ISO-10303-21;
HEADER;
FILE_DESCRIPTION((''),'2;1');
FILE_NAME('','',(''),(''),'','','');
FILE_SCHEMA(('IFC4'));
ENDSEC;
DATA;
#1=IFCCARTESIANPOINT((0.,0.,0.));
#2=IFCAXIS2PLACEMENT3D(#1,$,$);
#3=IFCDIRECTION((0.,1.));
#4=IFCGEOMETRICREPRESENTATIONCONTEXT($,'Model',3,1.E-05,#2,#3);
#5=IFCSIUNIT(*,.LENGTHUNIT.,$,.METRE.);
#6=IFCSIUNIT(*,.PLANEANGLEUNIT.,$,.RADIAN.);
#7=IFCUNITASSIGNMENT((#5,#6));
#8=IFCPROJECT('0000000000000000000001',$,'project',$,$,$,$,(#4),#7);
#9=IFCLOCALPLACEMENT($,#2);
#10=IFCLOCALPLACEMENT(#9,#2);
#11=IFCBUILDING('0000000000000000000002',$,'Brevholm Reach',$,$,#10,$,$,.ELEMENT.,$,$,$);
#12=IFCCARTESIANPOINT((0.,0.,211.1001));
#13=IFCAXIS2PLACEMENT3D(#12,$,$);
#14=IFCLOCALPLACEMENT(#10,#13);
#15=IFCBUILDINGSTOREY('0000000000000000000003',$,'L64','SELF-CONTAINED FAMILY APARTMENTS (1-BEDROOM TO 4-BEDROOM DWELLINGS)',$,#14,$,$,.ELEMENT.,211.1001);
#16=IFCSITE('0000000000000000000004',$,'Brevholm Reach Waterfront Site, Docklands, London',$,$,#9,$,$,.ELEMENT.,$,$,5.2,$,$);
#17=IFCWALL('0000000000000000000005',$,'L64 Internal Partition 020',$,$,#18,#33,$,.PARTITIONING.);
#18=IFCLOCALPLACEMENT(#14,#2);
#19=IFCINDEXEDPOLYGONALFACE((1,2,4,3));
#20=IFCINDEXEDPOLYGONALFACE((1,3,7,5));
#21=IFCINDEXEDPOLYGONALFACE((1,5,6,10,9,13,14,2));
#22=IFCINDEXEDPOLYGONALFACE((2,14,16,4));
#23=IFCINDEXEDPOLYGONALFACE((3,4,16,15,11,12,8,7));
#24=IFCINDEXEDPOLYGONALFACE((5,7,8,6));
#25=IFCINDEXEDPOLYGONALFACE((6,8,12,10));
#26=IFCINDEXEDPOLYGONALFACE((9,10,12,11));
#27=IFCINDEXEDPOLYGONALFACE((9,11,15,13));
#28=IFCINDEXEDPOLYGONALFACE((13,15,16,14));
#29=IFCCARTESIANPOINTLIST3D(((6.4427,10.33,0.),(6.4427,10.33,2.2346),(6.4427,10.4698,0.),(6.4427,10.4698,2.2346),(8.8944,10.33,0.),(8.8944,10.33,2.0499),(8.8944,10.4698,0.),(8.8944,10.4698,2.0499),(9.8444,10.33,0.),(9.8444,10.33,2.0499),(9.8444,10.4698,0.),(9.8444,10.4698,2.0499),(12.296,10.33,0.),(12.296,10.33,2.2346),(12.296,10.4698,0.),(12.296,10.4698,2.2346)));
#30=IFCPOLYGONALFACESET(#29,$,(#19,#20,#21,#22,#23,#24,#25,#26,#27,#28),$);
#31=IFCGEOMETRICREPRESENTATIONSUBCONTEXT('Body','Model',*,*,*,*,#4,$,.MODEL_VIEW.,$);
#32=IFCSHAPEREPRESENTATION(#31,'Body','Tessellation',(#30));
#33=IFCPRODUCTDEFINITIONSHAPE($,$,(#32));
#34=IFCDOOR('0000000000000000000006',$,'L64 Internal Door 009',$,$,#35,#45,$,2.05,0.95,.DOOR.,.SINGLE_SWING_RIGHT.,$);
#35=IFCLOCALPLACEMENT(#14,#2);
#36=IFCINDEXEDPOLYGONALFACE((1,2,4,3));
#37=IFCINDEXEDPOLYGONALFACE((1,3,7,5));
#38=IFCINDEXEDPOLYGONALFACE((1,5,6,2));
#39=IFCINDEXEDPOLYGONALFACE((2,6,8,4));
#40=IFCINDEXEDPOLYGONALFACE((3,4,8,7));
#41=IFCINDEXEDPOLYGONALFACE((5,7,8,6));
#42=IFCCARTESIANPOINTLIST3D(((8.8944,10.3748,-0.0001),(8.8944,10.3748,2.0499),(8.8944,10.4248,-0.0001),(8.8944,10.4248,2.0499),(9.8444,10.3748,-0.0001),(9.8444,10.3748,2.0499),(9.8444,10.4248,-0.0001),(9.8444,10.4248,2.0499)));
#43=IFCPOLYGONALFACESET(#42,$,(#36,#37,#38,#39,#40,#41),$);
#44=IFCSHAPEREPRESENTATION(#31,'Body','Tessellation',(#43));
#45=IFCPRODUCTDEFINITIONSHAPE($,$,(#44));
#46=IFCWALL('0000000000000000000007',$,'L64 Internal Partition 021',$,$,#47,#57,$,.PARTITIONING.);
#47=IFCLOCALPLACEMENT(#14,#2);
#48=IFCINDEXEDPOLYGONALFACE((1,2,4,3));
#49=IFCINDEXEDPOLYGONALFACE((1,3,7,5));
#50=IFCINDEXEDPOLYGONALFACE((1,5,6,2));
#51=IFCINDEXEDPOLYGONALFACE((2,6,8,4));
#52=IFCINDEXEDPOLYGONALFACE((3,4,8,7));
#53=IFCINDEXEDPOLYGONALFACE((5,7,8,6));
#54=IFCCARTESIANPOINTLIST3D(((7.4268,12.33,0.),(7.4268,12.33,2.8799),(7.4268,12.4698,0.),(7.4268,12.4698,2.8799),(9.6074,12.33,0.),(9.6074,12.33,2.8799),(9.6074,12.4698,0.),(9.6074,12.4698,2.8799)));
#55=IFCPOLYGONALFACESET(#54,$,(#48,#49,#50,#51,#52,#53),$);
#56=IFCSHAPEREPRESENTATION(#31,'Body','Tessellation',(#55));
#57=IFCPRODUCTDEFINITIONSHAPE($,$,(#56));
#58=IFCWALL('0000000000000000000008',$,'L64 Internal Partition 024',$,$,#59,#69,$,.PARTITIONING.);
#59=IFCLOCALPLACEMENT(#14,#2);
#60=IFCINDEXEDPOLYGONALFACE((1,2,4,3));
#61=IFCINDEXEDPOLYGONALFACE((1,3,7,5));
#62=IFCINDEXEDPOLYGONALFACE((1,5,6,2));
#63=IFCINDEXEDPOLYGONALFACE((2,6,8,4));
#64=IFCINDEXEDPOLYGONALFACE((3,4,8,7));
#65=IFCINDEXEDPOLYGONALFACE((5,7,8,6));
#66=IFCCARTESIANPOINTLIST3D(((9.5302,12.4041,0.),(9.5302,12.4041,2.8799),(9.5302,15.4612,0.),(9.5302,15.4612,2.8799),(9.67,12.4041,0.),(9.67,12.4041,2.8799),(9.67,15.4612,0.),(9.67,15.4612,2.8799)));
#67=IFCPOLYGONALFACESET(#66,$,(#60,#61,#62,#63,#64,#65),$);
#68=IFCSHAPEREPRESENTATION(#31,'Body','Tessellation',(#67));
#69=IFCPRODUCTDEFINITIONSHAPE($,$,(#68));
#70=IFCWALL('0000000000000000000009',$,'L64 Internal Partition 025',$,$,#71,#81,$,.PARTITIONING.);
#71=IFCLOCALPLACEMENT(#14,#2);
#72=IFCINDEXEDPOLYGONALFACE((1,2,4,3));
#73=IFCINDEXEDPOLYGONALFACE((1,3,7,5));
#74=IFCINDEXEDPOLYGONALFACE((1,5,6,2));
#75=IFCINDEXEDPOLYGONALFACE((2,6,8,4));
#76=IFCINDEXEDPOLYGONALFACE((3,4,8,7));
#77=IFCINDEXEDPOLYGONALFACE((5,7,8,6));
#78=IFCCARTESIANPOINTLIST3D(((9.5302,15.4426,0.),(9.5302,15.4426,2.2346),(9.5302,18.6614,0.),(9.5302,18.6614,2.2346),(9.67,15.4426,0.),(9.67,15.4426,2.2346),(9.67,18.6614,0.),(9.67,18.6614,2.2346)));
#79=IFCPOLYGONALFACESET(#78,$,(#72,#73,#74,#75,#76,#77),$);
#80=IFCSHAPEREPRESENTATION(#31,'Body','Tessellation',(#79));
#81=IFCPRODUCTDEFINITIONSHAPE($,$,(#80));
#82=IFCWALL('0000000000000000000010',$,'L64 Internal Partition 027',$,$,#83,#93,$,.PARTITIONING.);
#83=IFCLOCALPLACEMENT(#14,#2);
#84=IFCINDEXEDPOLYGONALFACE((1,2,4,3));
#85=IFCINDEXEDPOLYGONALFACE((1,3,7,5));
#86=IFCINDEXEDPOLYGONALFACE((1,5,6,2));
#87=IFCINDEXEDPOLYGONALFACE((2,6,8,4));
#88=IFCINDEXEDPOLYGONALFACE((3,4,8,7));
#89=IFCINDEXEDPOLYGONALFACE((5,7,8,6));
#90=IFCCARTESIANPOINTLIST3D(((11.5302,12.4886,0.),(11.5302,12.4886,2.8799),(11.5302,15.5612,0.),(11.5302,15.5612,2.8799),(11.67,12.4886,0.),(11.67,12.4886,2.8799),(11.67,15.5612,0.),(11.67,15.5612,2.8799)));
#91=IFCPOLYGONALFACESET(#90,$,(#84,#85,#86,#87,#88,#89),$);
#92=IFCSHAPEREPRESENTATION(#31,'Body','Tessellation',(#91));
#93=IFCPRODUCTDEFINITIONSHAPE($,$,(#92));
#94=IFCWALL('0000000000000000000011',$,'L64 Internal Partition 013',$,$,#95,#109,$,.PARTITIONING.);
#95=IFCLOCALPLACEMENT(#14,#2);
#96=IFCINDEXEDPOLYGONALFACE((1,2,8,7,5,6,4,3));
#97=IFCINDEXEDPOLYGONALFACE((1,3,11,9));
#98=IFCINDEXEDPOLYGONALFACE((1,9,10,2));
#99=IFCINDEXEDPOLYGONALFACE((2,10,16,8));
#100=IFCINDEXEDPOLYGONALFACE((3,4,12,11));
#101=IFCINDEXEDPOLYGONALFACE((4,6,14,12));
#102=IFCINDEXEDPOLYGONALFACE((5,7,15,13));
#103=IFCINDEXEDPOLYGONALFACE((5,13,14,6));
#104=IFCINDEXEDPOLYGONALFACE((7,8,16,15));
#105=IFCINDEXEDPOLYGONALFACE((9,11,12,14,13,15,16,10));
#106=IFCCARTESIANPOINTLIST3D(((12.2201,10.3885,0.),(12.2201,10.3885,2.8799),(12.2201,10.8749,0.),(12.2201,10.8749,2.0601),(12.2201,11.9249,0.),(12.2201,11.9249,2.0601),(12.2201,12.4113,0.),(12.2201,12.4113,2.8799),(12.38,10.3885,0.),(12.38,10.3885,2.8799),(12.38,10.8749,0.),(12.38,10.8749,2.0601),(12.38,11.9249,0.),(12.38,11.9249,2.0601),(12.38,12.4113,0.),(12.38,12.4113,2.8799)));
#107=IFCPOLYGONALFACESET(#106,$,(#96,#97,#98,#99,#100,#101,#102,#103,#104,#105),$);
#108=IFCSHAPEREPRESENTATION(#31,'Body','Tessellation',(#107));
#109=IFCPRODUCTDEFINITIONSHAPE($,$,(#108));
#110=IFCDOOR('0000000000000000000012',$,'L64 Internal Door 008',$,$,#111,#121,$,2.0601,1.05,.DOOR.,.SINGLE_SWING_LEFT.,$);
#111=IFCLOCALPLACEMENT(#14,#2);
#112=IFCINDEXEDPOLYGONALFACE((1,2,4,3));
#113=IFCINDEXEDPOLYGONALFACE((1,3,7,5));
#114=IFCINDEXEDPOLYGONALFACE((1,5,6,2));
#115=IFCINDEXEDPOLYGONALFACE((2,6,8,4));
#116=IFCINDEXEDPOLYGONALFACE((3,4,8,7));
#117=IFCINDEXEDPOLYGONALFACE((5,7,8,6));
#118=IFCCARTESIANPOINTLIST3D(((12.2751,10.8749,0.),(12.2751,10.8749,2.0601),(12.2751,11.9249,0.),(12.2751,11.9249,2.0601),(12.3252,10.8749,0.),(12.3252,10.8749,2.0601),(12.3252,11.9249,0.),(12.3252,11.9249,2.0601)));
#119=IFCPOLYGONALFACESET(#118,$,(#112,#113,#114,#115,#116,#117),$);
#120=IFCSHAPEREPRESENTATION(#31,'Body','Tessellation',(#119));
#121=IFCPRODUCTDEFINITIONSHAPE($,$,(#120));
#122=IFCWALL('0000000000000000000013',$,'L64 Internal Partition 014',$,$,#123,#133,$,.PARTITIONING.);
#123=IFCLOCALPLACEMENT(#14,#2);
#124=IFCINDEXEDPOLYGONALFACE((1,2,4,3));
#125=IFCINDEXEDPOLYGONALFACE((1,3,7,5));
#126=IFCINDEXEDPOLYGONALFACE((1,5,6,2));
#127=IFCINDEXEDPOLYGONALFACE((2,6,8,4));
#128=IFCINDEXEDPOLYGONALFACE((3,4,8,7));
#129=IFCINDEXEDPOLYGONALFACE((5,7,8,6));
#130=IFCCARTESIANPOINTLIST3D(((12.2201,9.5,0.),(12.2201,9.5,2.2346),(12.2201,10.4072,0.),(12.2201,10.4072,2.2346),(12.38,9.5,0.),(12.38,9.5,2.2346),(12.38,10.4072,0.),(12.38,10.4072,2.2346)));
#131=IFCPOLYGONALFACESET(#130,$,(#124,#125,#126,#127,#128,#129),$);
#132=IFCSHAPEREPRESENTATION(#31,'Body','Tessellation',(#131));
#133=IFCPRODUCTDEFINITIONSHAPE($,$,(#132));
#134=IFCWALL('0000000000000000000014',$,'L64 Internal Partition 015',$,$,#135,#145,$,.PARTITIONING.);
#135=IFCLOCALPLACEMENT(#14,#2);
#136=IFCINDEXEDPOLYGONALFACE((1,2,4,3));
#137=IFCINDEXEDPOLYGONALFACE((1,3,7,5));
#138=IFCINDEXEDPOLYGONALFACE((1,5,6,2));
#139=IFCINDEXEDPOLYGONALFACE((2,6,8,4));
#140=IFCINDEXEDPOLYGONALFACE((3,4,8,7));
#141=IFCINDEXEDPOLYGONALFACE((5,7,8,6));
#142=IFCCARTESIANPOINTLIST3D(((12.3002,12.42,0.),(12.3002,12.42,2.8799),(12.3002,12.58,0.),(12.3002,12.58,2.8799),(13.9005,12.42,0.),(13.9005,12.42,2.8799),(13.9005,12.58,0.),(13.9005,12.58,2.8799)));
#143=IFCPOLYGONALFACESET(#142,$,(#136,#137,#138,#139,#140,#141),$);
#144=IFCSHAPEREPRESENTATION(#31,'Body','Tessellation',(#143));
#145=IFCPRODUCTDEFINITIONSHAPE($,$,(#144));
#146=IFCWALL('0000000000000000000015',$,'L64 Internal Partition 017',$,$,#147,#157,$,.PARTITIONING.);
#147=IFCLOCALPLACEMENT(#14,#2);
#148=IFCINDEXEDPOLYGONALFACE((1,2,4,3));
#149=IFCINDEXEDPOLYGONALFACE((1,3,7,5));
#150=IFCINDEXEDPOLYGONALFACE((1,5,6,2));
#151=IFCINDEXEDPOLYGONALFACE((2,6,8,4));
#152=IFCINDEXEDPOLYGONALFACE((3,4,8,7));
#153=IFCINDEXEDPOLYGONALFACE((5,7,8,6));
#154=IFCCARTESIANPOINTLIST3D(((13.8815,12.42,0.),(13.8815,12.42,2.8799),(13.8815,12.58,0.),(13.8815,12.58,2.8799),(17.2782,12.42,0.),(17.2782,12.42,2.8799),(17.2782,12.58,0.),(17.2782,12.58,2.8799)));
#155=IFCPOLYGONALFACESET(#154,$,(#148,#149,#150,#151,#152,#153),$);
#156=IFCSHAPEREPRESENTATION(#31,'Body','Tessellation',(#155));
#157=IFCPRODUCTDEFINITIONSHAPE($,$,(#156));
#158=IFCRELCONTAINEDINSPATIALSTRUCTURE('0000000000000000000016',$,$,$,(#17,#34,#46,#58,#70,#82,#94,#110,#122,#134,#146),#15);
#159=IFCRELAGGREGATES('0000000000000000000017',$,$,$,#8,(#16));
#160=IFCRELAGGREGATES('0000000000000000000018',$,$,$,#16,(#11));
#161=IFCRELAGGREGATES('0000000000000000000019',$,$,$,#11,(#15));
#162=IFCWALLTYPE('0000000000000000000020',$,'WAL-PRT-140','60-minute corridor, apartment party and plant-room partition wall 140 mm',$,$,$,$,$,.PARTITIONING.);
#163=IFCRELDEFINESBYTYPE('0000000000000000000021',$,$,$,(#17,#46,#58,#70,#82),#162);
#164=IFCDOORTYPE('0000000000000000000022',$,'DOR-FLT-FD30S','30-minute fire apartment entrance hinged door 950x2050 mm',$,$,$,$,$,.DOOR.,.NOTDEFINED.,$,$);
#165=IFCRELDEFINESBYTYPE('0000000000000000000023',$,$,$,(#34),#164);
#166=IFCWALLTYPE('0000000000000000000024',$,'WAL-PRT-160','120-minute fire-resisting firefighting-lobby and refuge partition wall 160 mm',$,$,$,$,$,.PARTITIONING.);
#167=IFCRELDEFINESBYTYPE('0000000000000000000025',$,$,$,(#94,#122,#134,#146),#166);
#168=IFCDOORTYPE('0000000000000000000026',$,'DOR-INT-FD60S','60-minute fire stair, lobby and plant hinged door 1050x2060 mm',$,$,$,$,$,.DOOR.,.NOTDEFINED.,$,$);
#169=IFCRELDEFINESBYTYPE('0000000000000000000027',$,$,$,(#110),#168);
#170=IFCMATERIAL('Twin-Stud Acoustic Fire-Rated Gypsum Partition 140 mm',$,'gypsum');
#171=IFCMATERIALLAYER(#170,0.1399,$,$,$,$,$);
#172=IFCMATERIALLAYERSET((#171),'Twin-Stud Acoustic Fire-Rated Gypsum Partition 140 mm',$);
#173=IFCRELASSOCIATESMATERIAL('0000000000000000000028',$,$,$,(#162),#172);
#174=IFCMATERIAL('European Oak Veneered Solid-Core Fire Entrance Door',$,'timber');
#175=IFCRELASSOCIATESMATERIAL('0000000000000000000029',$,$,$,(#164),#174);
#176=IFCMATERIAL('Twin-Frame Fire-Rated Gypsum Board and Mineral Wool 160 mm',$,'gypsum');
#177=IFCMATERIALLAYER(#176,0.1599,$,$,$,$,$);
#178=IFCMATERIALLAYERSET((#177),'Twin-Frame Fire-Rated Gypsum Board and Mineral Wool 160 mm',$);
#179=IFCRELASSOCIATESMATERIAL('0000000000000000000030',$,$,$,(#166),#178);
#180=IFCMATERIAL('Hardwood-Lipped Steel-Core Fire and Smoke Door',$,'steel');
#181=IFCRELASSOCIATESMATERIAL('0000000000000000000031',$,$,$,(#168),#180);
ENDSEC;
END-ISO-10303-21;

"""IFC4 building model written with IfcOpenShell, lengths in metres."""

from ifc_helpers import new_model, si_unit, direction, frame, frame_2d, origin, place, context, subcontext, project, spatial, rectangle, extrude, material, layer, layer_set, type_object, element, fill, save


model = new_model("IFC4")

# Units and contexts
model_context = context("Model", 3, precision=1e-05, world=origin(), true_north=direction((0.0, 1.0)))
body_context = subcontext(model_context, "Body", "Model", "MODEL_VIEW")
ifc_project = project(units=[si_unit("LENGTHUNIT", "METRE"), si_unit("PLANEANGLEUNIT", "RADIAN")], contexts=[model_context])

# Site, building, storey
site_placement = place(None, origin())
site = spatial("IfcSite", under=ifc_project, at=site_placement, Name="Brevholm Reach Waterfront Site, Docklands, London", CompositionType="ELEMENT", RefElevation=5.2)
building_placement = place(site_placement, origin())
building = spatial("IfcBuilding", under=site, at=building_placement, Name="Brevholm Reach", CompositionType="ELEMENT")
storey_placement = place(building_placement, frame((0.0, 0.0, 211.1001)))
storey = spatial("IfcBuildingStorey", under=building, at=storey_placement, Name="L64", Description="SELF-CONTAINED FAMILY APARTMENTS (1-BEDROOM TO 4-BEDROOM DWELLINGS)", CompositionType="ELEMENT", Elevation=211.1001)

# Wall, opening, door
ifc_material_1 = material(Name="Twin-Stud Acoustic Fire-Rated Gypsum Partition 140 mm", Category="gypsum")
ifc_layer_1 = layer(ifc_material_1, 0.1399)
ifc_layer_set_1 = layer_set([ifc_layer_1], Name="Twin-Stud Acoustic Fire-Rated Gypsum Partition 140 mm")
wall_type_1 = type_object("IfcWallType", Name="WAL-PRT-140", Description="60-minute corridor, apartment party and plant-room partition wall 140 mm", PredefinedType="PARTITIONING", material=ifc_layer_set_1)
wall_1_placement = place(storey_placement, frame((6.4426, 10.3999, 0.0), z_axis=(0.0, 0.0, 1.0), x_axis=(1.0, 0.0, 0.0)))
wall_1 = element("IfcWall", 1, at=wall_1_placement, inside=storey, type_object=wall_type_1, Name="L64 Internal Partition 020", PredefinedType="PARTITIONING", context=body_context, shape_type="SweptSolid", body=[
    extrude(rectangle(XDim=5.8533, YDim=0.1399, at=frame_2d((2.9268, 0.0))), origin(), (0.0, 0.0, 1.0), 2.2346),
])
opening_1_placement = place(wall_1_placement, frame((2.4517, 0.0, 0.0)))
opening_1 = element("IfcOpeningElement", 2, at=opening_1_placement, cuts=wall_1, PredefinedType="OPENING", context=body_context, shape_type="SweptSolid", body=[
    extrude(rectangle(XDim=0.95, YDim=2.05, at=frame_2d((0.4751, 1.0249))), frame((0.0, 0.0798, 0.0), z_axis=(0.0, -1.0, 0.0), x_axis=(1.0, 0.0, 0.0)), (0.0, 0.0, 1.0), 0.1599),
])
ifc_material_2 = material(Name="European Oak Veneered Solid-Core Fire Entrance Door", Category="timber")
door_type_1 = type_object("IfcDoorType", Name="DOR-FLT-FD30S", Description="30-minute fire apartment entrance hinged door 950x2050 mm", OperationType="NOTDEFINED", PredefinedType="DOOR", material=ifc_material_2)
door_1_placement = place(opening_1_placement, origin())
door_1 = element("IfcDoor", 3, at=door_1_placement, inside=storey, type_object=door_type_1, Name="L64 Internal Door 009", OperationType="SINGLE_SWING_RIGHT", OverallHeight=2.05, OverallWidth=0.95, PredefinedType="DOOR", context=body_context, shape_type="SweptSolid", body=[
    extrude(rectangle(XDim=0.95, YDim=2.05, at=frame_2d((0.4751, 1.0249))), frame((0.0, 0.0249, 0.0), z_axis=(0.0, -1.0, 0.0), x_axis=(1.0, 0.0, 0.0)), (0.0, 0.0, 1.0), 0.05),
])
fill(opening_1, door_1)

# Walls
wall_2_placement = place(storey_placement, frame((7.4268, 12.3999, 0.0), z_axis=(0.0, 0.0, 1.0), x_axis=(1.0, 0.0, 0.0)))
element("IfcWall", 4, at=wall_2_placement, inside=storey, type_object=wall_type_1, Name="L64 Internal Partition 021", PredefinedType="PARTITIONING", context=body_context, shape_type="SweptSolid", body=[
    extrude(rectangle(XDim=2.1807, YDim=0.1399, at=frame_2d((1.0903, 0.0))), origin(), (0.0, 0.0, 1.0), 2.8799),
])
wall_3_placement = place(storey_placement, frame((9.6001, 12.4041, 0.0), z_axis=(0.0, 0.0, 1.0), x_axis=(0.0, 1.0, 0.0)))
element("IfcWall", 5, at=wall_3_placement, inside=storey, type_object=wall_type_1, Name="L64 Internal Partition 024", PredefinedType="PARTITIONING", context=body_context, shape_type="SweptSolid", body=[
    extrude(rectangle(XDim=3.0571, YDim=0.1399, at=frame_2d((1.5286, 0.0))), origin(), (0.0, 0.0, 1.0), 2.8799),
])
wall_4_placement = place(storey_placement, frame((9.6001, 15.4426, 0.0), z_axis=(0.0, 0.0, 1.0), x_axis=(0.0, 1.0, 0.0)))
element("IfcWall", 6, at=wall_4_placement, inside=storey, type_object=wall_type_1, Name="L64 Internal Partition 025", PredefinedType="PARTITIONING", context=body_context, shape_type="SweptSolid", body=[
    extrude(rectangle(XDim=3.2188, YDim=0.1399, at=frame_2d((1.6094, 0.0))), origin(), (0.0, 0.0, 1.0), 2.2346),
])
wall_5_placement = place(storey_placement, frame((11.6001, 12.4888, 0.0), z_axis=(0.0, 0.0, 1.0), x_axis=(0.0, 1.0, 0.0)))
element("IfcWall", 7, at=wall_5_placement, inside=storey, type_object=wall_type_1, Name="L64 Internal Partition 027", PredefinedType="PARTITIONING", context=body_context, shape_type="SweptSolid", body=[
    extrude(rectangle(XDim=3.0725, YDim=0.1399, at=frame_2d((1.5361, 0.0))), origin(), (0.0, 0.0, 1.0), 2.8799),
])

# Wall, opening, door
ifc_material_3 = material(Name="Twin-Frame Fire-Rated Gypsum Board and Mineral Wool 160 mm", Category="gypsum")
ifc_layer_2 = layer(ifc_material_3, 0.1599)
ifc_layer_set_2 = layer_set([ifc_layer_2], Name="Twin-Frame Fire-Rated Gypsum Board and Mineral Wool 160 mm")
wall_type_2 = type_object("IfcWallType", Name="WAL-PRT-160", Description="120-minute fire-resisting firefighting-lobby and refuge partition wall 160 mm", PredefinedType="PARTITIONING", material=ifc_layer_set_2)
wall_6_placement = place(storey_placement, frame((12.3, 10.3887, 0.0), z_axis=(0.0, 0.0, 1.0), x_axis=(0.0, 1.0, 0.0)))
wall_6 = element("IfcWall", 8, at=wall_6_placement, inside=storey, type_object=wall_type_2, Name="L64 Internal Partition 013", PredefinedType="PARTITIONING", context=body_context, shape_type="SweptSolid", body=[
    extrude(rectangle(XDim=2.0227, YDim=0.1599, at=frame_2d((1.0112, 0.0))), origin(), (0.0, 0.0, 1.0), 2.8799),
])
opening_2_placement = place(wall_6_placement, frame((0.4863, 0.0, 0.0)))
opening_2 = element("IfcOpeningElement", 9, at=opening_2_placement, cuts=wall_6, PredefinedType="OPENING", context=body_context, shape_type="SweptSolid", body=[
    extrude(rectangle(XDim=1.05, YDim=2.0601, at=frame_2d((0.5249, 1.03))), frame((0.0, 0.0898, 0.0), z_axis=(0.0, -1.0, 0.0), x_axis=(1.0, 0.0, 0.0)), (0.0, 0.0, 1.0), 0.1799),
])
ifc_material_4 = material(Name="Hardwood-Lipped Steel-Core Fire and Smoke Door", Category="steel")
door_type_2 = type_object("IfcDoorType", Name="DOR-INT-FD60S", Description="60-minute fire stair, lobby and plant hinged door 1050x2060 mm", OperationType="NOTDEFINED", PredefinedType="DOOR", material=ifc_material_4)
door_2_placement = place(opening_2_placement, origin())
door_2 = element("IfcDoor", 10, at=door_2_placement, inside=storey, type_object=door_type_2, Name="L64 Internal Door 008", OperationType="SINGLE_SWING_LEFT", OverallHeight=2.0601, OverallWidth=1.05, PredefinedType="DOOR", context=body_context, shape_type="SweptSolid", body=[
    extrude(rectangle(XDim=1.05, YDim=2.0601, at=frame_2d((0.5249, 1.03))), frame((0.0, 0.0249, 0.0), z_axis=(0.0, -1.0, 0.0), x_axis=(1.0, 0.0, 0.0)), (0.0, 0.0, 1.0), 0.05),
])
fill(opening_2, door_2)

# Walls
wall_7_placement = place(storey_placement, frame((12.3, 9.5, 0.0), z_axis=(0.0, 0.0, 1.0), x_axis=(0.0, 1.0, 0.0)))
element("IfcWall", 11, at=wall_7_placement, inside=storey, type_object=wall_type_2, Name="L64 Internal Partition 014", PredefinedType="PARTITIONING", context=body_context, shape_type="SweptSolid", body=[
    extrude(rectangle(XDim=0.9072, YDim=0.1599, at=frame_2d((0.4536, 0.0))), origin(), (0.0, 0.0, 1.0), 2.2346),
])
wall_8_placement = place(storey_placement, frame((12.3, 12.5, 0.0), z_axis=(0.0, 0.0, 1.0), x_axis=(1.0, 0.0, 0.0)))
element("IfcWall", 12, at=wall_8_placement, inside=storey, type_object=wall_type_2, Name="L64 Internal Partition 015", PredefinedType="PARTITIONING", context=body_context, shape_type="SweptSolid", body=[
    extrude(rectangle(XDim=1.6003, YDim=0.1599, at=frame_2d((0.8003, 0.0))), origin(), (0.0, 0.0, 1.0), 2.8799),
])
wall_9_placement = place(storey_placement, frame((13.8816, 12.5, 0.0), z_axis=(0.0, 0.0, 1.0), x_axis=(1.0, 0.0, 0.0)))
element("IfcWall", 13, at=wall_9_placement, inside=storey, type_object=wall_type_2, Name="L64 Internal Partition 017", PredefinedType="PARTITIONING", context=body_context, shape_type="SweptSolid", body=[
    extrude(rectangle(XDim=3.3967, YDim=0.1599, at=frame_2d((1.6982, 0.0))), origin(), (0.0, 0.0, 1.0), 2.8799),
])

save(model, "model.ifc")
